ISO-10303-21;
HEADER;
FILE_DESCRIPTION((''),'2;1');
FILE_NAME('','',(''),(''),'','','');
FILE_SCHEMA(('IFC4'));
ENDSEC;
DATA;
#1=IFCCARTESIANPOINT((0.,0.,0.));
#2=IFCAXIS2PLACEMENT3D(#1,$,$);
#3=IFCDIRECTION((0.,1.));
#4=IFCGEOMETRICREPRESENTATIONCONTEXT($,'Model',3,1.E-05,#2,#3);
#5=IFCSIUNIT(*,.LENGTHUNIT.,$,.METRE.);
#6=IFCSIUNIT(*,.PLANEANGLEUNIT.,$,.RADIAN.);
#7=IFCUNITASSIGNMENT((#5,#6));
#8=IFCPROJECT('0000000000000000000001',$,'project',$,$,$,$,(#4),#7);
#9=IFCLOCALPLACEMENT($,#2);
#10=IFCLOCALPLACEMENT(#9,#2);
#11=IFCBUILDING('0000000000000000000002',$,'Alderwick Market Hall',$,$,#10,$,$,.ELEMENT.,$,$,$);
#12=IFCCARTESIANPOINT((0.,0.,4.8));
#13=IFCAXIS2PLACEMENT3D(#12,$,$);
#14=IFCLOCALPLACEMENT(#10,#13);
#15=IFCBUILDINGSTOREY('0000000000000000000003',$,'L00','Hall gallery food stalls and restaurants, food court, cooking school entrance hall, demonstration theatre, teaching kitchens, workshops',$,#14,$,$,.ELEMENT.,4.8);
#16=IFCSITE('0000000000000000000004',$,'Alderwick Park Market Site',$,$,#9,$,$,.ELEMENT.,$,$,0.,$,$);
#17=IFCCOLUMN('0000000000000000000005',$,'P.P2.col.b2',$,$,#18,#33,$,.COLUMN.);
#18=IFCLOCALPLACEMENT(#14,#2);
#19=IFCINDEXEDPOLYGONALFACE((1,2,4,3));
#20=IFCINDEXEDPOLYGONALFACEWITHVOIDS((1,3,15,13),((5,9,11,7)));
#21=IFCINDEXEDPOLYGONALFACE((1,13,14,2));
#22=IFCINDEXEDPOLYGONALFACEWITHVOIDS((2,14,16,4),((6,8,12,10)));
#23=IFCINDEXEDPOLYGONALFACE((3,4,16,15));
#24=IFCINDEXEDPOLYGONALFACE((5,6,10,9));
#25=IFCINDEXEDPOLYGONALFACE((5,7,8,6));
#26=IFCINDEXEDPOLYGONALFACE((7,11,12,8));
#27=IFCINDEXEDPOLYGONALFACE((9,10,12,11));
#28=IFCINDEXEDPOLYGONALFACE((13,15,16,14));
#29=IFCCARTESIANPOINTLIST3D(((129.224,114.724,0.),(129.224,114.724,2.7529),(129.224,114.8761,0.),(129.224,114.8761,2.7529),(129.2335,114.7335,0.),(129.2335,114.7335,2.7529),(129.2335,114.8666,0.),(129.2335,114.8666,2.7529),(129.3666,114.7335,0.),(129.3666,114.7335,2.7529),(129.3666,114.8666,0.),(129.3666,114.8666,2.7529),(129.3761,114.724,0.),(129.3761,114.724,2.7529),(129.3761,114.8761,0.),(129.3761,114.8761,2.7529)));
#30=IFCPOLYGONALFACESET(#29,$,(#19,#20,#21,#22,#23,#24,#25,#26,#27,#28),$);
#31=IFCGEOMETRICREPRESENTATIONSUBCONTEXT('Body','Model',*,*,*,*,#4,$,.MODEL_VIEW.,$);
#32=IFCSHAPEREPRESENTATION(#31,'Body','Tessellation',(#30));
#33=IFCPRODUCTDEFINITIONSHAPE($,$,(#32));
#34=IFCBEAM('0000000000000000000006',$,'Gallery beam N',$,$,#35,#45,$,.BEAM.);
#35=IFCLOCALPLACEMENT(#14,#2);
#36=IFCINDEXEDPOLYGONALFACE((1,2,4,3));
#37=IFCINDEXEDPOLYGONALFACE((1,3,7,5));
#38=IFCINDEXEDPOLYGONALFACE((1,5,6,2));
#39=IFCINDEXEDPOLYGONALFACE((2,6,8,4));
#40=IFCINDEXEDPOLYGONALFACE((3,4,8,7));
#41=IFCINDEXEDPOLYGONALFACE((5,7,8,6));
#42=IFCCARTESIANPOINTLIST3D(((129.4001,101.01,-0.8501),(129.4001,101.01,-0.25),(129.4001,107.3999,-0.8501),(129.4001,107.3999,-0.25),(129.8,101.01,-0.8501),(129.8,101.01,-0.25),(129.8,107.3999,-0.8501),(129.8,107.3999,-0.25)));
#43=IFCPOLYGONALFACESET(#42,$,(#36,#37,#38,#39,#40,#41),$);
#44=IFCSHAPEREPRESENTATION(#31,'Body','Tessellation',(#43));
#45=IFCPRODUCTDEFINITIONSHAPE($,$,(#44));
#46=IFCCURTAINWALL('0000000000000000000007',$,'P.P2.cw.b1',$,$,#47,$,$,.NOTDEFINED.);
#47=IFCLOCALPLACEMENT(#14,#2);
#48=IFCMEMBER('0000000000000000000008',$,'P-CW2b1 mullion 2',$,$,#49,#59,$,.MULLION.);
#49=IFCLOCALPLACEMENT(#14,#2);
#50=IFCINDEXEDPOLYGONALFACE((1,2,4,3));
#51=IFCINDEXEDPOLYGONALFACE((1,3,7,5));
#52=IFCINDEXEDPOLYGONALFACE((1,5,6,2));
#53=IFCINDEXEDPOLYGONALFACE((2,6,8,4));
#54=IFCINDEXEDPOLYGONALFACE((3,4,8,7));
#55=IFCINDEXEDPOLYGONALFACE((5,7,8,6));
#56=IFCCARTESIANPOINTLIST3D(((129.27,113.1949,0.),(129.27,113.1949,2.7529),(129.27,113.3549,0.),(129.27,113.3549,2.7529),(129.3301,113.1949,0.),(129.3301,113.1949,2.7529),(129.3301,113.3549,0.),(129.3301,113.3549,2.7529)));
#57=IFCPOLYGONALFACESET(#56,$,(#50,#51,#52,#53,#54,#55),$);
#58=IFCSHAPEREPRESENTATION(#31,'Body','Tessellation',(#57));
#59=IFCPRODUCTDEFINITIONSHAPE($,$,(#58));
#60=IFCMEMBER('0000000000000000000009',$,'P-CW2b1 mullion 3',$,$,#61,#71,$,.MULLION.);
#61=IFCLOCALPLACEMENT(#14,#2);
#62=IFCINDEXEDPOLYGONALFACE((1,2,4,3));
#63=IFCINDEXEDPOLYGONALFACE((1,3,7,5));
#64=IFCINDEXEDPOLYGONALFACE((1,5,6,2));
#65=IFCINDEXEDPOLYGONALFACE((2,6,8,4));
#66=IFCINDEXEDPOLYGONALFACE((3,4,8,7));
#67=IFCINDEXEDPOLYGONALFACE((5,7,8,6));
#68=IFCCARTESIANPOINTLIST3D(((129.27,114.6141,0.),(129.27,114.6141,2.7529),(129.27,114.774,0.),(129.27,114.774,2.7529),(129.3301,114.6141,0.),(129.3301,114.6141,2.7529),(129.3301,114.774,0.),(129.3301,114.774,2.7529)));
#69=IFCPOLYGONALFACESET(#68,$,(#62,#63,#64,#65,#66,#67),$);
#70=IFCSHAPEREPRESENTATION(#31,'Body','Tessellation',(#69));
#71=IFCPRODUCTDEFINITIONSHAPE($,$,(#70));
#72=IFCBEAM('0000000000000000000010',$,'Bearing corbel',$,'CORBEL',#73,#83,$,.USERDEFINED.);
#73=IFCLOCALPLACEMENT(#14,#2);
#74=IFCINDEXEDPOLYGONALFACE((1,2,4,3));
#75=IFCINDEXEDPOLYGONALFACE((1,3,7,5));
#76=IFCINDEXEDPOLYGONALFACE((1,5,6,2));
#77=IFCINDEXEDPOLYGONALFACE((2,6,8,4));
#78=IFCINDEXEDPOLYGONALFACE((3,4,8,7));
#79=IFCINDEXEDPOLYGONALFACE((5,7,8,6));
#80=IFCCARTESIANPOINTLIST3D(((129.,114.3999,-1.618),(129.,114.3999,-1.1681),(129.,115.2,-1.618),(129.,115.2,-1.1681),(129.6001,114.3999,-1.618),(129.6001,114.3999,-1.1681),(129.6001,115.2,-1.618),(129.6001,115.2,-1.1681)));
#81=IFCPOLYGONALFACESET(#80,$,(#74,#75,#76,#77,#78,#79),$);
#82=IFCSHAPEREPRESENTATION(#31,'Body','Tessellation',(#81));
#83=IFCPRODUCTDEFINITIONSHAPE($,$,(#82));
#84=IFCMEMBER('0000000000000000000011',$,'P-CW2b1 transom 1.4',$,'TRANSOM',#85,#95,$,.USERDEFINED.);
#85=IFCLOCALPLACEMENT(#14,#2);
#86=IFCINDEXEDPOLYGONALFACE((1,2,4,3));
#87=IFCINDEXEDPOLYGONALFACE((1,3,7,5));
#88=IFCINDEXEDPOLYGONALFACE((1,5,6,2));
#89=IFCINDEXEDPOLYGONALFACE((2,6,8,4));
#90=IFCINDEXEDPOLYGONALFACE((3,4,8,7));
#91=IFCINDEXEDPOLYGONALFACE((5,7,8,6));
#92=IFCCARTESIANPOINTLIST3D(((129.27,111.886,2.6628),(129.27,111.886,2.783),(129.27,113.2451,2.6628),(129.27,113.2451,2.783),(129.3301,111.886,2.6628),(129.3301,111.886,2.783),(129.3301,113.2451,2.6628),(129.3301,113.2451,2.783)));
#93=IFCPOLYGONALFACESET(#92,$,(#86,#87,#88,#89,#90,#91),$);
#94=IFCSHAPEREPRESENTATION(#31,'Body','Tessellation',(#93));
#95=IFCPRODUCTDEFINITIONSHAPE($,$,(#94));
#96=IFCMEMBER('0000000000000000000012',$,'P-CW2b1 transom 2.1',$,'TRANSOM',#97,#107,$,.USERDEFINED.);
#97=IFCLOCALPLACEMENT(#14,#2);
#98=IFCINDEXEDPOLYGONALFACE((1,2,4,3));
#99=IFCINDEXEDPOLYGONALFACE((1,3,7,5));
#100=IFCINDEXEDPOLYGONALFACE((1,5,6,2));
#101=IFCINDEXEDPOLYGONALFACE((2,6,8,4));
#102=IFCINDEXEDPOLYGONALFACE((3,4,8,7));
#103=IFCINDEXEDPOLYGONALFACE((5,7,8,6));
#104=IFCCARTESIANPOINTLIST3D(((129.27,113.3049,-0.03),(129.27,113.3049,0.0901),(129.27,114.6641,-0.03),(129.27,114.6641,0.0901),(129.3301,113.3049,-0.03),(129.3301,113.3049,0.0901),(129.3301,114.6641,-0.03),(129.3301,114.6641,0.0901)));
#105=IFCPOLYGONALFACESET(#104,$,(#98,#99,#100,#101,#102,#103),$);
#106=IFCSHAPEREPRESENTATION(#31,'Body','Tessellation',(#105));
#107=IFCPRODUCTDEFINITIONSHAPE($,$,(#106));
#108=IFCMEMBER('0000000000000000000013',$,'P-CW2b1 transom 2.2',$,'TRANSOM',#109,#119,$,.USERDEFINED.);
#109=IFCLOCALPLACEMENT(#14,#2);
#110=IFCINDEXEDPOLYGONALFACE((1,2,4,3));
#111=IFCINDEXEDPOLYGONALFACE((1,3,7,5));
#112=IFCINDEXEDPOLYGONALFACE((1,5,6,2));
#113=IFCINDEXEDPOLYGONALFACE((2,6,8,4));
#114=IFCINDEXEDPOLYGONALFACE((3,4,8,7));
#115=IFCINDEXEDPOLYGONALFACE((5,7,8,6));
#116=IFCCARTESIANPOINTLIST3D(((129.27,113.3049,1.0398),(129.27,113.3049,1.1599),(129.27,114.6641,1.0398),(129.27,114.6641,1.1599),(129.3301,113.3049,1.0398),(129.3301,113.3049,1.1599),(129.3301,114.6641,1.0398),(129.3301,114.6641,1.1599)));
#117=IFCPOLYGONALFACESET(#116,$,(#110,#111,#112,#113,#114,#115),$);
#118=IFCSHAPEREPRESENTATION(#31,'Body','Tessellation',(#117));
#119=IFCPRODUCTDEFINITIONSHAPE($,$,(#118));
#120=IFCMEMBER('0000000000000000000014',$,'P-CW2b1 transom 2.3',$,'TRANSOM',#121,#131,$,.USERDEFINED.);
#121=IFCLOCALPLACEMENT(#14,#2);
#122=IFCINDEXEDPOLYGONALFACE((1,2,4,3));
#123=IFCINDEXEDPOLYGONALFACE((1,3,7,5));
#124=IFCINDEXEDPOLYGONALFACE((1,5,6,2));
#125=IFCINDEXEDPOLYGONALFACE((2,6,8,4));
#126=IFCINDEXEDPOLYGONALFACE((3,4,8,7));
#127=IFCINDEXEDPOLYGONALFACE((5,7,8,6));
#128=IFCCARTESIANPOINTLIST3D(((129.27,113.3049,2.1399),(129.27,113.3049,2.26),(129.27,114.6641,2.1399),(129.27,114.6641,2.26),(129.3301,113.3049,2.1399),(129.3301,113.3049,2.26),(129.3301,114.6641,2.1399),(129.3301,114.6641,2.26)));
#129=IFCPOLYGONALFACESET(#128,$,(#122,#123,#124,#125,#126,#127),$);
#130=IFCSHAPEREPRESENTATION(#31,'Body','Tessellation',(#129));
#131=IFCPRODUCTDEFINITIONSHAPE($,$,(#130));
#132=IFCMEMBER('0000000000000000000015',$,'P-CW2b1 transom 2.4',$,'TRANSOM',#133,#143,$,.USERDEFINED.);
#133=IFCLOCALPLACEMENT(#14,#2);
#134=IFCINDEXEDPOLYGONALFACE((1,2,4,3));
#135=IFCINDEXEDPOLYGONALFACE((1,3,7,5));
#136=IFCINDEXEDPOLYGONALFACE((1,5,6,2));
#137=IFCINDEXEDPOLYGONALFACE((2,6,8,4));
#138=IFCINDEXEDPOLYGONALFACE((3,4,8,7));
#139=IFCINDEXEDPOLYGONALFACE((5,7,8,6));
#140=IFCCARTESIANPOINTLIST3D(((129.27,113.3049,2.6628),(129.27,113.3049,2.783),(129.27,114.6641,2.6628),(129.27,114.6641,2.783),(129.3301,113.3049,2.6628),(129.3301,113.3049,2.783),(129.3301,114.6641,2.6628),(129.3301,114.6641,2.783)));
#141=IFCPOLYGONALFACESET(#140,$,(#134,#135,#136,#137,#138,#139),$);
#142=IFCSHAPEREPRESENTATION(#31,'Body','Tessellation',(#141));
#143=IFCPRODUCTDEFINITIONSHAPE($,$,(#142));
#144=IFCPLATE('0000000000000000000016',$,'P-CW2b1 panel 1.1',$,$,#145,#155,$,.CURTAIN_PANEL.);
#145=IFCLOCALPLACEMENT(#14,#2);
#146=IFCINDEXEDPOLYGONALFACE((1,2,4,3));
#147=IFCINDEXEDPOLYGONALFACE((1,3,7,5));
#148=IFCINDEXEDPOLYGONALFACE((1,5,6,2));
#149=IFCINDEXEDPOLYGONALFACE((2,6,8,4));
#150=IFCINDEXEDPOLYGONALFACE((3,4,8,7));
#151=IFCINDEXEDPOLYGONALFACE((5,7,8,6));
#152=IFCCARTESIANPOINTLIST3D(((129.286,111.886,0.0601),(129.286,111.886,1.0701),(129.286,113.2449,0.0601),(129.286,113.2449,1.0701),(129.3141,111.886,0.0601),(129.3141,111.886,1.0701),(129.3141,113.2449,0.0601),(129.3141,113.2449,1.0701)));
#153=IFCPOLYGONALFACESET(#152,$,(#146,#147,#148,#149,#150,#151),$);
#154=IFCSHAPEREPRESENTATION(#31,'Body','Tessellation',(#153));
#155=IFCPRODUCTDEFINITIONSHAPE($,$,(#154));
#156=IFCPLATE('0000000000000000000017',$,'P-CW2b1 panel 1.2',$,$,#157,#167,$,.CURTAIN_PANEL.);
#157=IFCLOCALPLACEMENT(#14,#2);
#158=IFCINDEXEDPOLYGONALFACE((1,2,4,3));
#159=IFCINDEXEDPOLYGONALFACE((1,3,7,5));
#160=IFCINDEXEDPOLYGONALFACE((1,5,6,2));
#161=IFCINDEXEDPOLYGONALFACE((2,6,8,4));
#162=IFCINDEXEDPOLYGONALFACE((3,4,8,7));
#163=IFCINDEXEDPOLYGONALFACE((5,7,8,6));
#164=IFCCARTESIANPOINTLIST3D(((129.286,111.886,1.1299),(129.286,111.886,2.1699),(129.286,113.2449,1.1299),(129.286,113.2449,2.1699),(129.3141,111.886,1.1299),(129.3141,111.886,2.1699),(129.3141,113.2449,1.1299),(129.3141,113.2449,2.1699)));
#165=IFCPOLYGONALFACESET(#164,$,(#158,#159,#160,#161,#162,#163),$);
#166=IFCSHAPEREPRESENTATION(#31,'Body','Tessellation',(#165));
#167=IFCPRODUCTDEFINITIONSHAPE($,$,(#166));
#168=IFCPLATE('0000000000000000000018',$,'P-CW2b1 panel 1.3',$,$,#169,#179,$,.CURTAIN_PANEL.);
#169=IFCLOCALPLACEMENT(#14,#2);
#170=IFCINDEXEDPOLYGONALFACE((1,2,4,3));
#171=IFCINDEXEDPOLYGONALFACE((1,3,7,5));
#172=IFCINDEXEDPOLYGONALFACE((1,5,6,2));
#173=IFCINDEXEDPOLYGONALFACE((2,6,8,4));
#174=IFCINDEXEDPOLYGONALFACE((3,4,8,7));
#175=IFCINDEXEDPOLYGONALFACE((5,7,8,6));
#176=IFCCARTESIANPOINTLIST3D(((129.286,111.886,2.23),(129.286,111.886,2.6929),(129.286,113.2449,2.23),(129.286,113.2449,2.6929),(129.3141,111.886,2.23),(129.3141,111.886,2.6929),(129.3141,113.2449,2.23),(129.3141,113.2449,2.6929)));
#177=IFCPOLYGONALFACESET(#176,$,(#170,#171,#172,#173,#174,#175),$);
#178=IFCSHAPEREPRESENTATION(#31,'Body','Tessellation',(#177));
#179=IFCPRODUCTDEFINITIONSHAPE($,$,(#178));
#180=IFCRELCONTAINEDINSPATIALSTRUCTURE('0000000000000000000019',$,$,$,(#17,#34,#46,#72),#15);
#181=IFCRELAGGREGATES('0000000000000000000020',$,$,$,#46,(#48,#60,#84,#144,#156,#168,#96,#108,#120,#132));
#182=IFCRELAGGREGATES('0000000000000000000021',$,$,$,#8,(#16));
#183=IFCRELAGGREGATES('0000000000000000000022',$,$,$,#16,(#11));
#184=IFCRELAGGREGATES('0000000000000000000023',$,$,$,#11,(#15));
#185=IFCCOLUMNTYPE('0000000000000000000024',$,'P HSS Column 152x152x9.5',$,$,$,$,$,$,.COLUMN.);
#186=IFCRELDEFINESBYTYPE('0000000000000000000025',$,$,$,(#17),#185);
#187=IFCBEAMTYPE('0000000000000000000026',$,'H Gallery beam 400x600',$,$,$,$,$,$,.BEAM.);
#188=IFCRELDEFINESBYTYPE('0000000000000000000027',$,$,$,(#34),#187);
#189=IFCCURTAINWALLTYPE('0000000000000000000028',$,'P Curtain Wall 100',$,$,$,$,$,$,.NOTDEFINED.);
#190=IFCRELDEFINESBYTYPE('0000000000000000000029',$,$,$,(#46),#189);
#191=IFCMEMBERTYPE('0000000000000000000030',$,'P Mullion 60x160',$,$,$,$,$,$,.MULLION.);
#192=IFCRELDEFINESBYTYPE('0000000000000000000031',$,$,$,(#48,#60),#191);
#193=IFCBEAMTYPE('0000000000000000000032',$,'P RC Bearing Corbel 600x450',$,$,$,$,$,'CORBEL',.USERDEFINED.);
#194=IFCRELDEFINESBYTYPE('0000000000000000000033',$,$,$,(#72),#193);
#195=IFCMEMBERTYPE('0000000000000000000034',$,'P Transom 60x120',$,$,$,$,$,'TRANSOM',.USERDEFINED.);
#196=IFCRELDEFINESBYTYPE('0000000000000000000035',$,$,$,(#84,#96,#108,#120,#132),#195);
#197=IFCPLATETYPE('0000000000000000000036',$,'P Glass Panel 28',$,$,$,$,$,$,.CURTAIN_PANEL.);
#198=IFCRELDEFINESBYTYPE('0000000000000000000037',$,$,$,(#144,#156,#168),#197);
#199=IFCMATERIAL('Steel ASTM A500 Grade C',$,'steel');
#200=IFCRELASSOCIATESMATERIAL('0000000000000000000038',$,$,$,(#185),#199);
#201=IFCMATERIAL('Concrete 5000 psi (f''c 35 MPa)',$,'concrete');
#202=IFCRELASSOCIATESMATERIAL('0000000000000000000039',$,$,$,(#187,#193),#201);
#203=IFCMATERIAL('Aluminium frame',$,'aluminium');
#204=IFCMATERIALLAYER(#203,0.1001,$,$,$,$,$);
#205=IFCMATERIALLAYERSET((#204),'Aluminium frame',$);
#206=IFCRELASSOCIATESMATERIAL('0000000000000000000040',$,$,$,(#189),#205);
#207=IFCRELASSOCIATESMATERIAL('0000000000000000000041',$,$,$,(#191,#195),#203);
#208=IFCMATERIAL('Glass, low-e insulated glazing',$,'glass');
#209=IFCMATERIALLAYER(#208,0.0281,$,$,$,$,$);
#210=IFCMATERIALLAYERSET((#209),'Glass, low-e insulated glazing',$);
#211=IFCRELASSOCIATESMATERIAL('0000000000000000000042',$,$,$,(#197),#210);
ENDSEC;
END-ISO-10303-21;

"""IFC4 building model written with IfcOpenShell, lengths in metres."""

from ifc_helpers import new_model, si_unit, direction, frame, origin, origin_2d, place, context, subcontext, project, spatial, rectangle, hollow_rectangle, extrude, material, layer, layer_set, material_profile, profile_set, type_object, element, aggregate, save


model = new_model("IFC4")

# Units and contexts
model_context = context("Model", 3, precision=1e-05, world=origin(), true_north=direction((0.0, 1.0)))
body_context = subcontext(model_context, "Body", "Model", "MODEL_VIEW")
ifc_project = project(units=[si_unit("LENGTHUNIT", "METRE"), si_unit("PLANEANGLEUNIT", "RADIAN")], contexts=[model_context])

# Site, building, storey
site_placement = place(None, origin())
site = spatial("IfcSite", under=ifc_project, at=site_placement, Name="Alderwick Park Market Site", CompositionType="ELEMENT", RefElevation=0.0)
building_placement = place(site_placement, origin())
building = spatial("IfcBuilding", under=site, at=building_placement, Name="Alderwick Market Hall", CompositionType="ELEMENT")
storey_placement = place(building_placement, frame((0.0, 0.0, 4.8)))
storey = spatial("IfcBuildingStorey", under=building, at=storey_placement, Name="L00", Description="Hall gallery food stalls and restaurants, food court, cooking school entrance hall, demonstration theatre, teaching kitchens, workshops", CompositionType="ELEMENT", Elevation=4.8)

# Column
ifc_material_1 = material(Name="Steel ASTM A500 Grade C", Category="steel")
ifc_material_profile_1 = material_profile(ifc_material_1, hollow_rectangle(XDim=0.1521, YDim=0.1521, WallThickness=0.0095, at=origin_2d()), Name="HSS152x152x9.5")
ifc_profile_set_1 = profile_set([ifc_material_profile_1], Name="Steel ASTM A500 Grade C")
column_type = type_object("IfcColumnType", Name="P HSS Column 152x152x9.5", PredefinedType="COLUMN", material=ifc_profile_set_1)
column_placement = place(storey_placement, frame((129.3, 114.8, 0.0), z_axis=(0.0, 0.0, 1.0), x_axis=(1.0, 0.0, 0.0)))
element("IfcColumn", 1, at=column_placement, inside=storey, type_object=column_type, Name="P.P2.col.b2", PredefinedType="COLUMN", context=body_context, shape_type="SweptSolid", body=[
    extrude(hollow_rectangle(XDim=0.1521, YDim=0.1521, WallThickness=0.0095, at=origin_2d()), origin(), (0.0, 0.0, 1.0), 2.7529),
])

# Beam
ifc_material_2 = material(Name="Concrete 5000 psi (f'c 35 MPa)", Category="concrete")
ifc_material_profile_2 = material_profile(ifc_material_2, rectangle(XDim=0.3999, YDim=0.6001, at=origin_2d()), Name="RC 400x600")
ifc_profile_set_2 = profile_set([ifc_material_profile_2], Name="Concrete 5000 psi (f'c 35 MPa)")
beam_type_1 = type_object("IfcBeamType", Name="H Gallery beam 400x600", PredefinedType="BEAM", material=ifc_profile_set_2)
beam_1_placement = place(storey_placement, frame((129.6001, 107.3999, -0.55), z_axis=(0.0, -1.0, 0.0), x_axis=(1.0, 0.0, 0.0)))
element("IfcBeam", 2, at=beam_1_placement, inside=storey, type_object=beam_type_1, Name="Gallery beam N", PredefinedType="BEAM", context=body_context, shape_type="SweptSolid", body=[
    extrude(rectangle(XDim=0.3999, YDim=0.6001, at=origin_2d()), origin(), (0.0, 0.0, 1.0), 6.3899),
])

# Curtain wall, members
ifc_material_3 = material(Name="Aluminium frame", Category="aluminium")
ifc_layer_1 = layer(ifc_material_3, 0.1001)
ifc_layer_set_1 = layer_set([ifc_layer_1], Name="Aluminium frame")
curtain_wall_type = type_object("IfcCurtainWallType", Name="P Curtain Wall 100", PredefinedType="NOTDEFINED", material=ifc_layer_set_1)
curtain_wall_placement = place(storey_placement, origin())
curtain_wall = element("IfcCurtainWall", 3, at=curtain_wall_placement, inside=storey, type_object=curtain_wall_type, Name="P.P2.cw.b1", PredefinedType="NOTDEFINED")
ifc_material_profile_3 = material_profile(ifc_material_3, rectangle(XDim=0.0601, YDim=0.1599, at=origin_2d()), Name="P Mullion 60x160")
ifc_profile_set_3 = profile_set([ifc_material_profile_3], Name="Aluminium frame")
member_type_1 = type_object("IfcMemberType", Name="P Mullion 60x160", PredefinedType="MULLION", material=ifc_profile_set_3)
member_1_placement = place(storey_placement, frame((129.3, 113.2749, 0.0), z_axis=(0.0, 0.0, 1.0), x_axis=(-1.0, 0.0, 0.0)))
member_1 = element("IfcMember", 4, at=member_1_placement, type_object=member_type_1, Name="P-CW2b1 mullion 2", PredefinedType="MULLION", context=body_context, shape_type="SweptSolid", body=[
    extrude(rectangle(XDim=0.0601, YDim=0.1599, at=origin_2d()), origin(), (0.0, 0.0, 1.0), 2.7529),
])
member_2_placement = place(storey_placement, frame((129.3, 114.6941, 0.0), z_axis=(0.0, 0.0, 1.0), x_axis=(-1.0, 0.0, 0.0)))
member_2 = element("IfcMember", 5, at=member_2_placement, type_object=member_type_1, Name="P-CW2b1 mullion 3", PredefinedType="MULLION", context=body_context, shape_type="SweptSolid", body=[
    extrude(rectangle(XDim=0.0601, YDim=0.1599, at=origin_2d()), origin(), (0.0, 0.0, 1.0), 2.7529),
])

# Beam
ifc_material_profile_4 = material_profile(ifc_material_2, rectangle(XDim=0.6001, YDim=0.45, at=origin_2d()), Name="P RC Bearing Corbel 600x450")
ifc_profile_set_4 = profile_set([ifc_material_profile_4], Name="Concrete 5000 psi (f'c 35 MPa)")
beam_type_2 = type_object("IfcBeamType", Name="P RC Bearing Corbel 600x450", ElementType="CORBEL", PredefinedType="USERDEFINED", material=ifc_profile_set_4)
beam_2_placement = place(storey_placement, frame((129.3, 114.3999, -1.3931), z_axis=(0.0, 1.0, 0.0), x_axis=(-1.0, 0.0, 0.0)))
element("IfcBeam", 6, at=beam_2_placement, inside=storey, type_object=beam_type_2, Name="Bearing corbel", ObjectType="CORBEL", PredefinedType="USERDEFINED", context=body_context, shape_type="SweptSolid", body=[
    extrude(rectangle(XDim=0.6001, YDim=0.45, at=origin_2d()), origin(), (0.0, 0.0, 1.0), 0.8),
])

# Members
ifc_material_profile_5 = material_profile(ifc_material_3, rectangle(XDim=0.0601, YDim=0.1201, at=origin_2d()), Name="P Transom 60x120")
ifc_profile_set_5 = profile_set([ifc_material_profile_5], Name="Aluminium frame")
member_type_2 = type_object("IfcMemberType", Name="P Transom 60x120", ElementType="TRANSOM", PredefinedType="USERDEFINED", material=ifc_profile_set_5)
member_3_placement = place(storey_placement, frame((129.3, 111.886, 2.7229), z_axis=(0.0, 1.0, 0.0), x_axis=(-1.0, 0.0, 0.0)))
member_3 = element("IfcMember", 7, at=member_3_placement, type_object=member_type_2, Name="P-CW2b1 transom 1.4", ObjectType="TRANSOM", PredefinedType="USERDEFINED", context=body_context, shape_type="SweptSolid", body=[
    extrude(rectangle(XDim=0.0601, YDim=0.1201, at=origin_2d()), origin(), (0.0, 0.0, 1.0), 1.3591),
])
member_4_placement = place(storey_placement, frame((129.3, 113.3049, 0.03), z_axis=(0.0, 1.0, 0.0), x_axis=(-1.0, 0.0, 0.0)))
member_4 = element("IfcMember", 8, at=member_4_placement, type_object=member_type_2, Name="P-CW2b1 transom 2.1", ObjectType="TRANSOM", PredefinedType="USERDEFINED", context=body_context, shape_type="SweptSolid", body=[
    extrude(rectangle(XDim=0.0601, YDim=0.1201, at=origin_2d()), origin(), (0.0, 0.0, 1.0), 1.3591),
])
member_5_placement = place(storey_placement, frame((129.3, 113.3049, 1.0999), z_axis=(0.0, 1.0, 0.0), x_axis=(-1.0, 0.0, 0.0)))
member_5 = element("IfcMember", 9, at=member_5_placement, type_object=member_type_2, Name="P-CW2b1 transom 2.2", ObjectType="TRANSOM", PredefinedType="USERDEFINED", context=body_context, shape_type="SweptSolid", body=[
    extrude(rectangle(XDim=0.0601, YDim=0.1201, at=origin_2d()), origin(), (0.0, 0.0, 1.0), 1.3591),
])
member_6_placement = place(storey_placement, frame((129.3, 113.3049, 2.2), z_axis=(0.0, 1.0, 0.0), x_axis=(-1.0, 0.0, 0.0)))
member_6 = element("IfcMember", 10, at=member_6_placement, type_object=member_type_2, Name="P-CW2b1 transom 2.3", ObjectType="TRANSOM", PredefinedType="USERDEFINED", context=body_context, shape_type="SweptSolid", body=[
    extrude(rectangle(XDim=0.0601, YDim=0.1201, at=origin_2d()), origin(), (0.0, 0.0, 1.0), 1.3591),
])
member_7_placement = place(storey_placement, frame((129.3, 113.3049, 2.7229), z_axis=(0.0, 1.0, 0.0), x_axis=(-1.0, 0.0, 0.0)))
member_7 = element("IfcMember", 11, at=member_7_placement, type_object=member_type_2, Name="P-CW2b1 transom 2.4", ObjectType="TRANSOM", PredefinedType="USERDEFINED", context=body_context, shape_type="SweptSolid", body=[
    extrude(rectangle(XDim=0.0601, YDim=0.1201, at=origin_2d()), origin(), (0.0, 0.0, 1.0), 1.3591),
])

# Plates
ifc_material_4 = material(Name="Glass, low-e insulated glazing", Category="glass")
ifc_layer_2 = layer(ifc_material_4, 0.0281)
ifc_layer_set_2 = layer_set([ifc_layer_2], Name="Glass, low-e insulated glazing")
plate_type = type_object("IfcPlateType", Name="P Glass Panel 28", PredefinedType="CURTAIN_PANEL", material=ifc_layer_set_2)
plate_1_placement = place(storey_placement, frame((129.3, 112.5654, 0.0601), z_axis=(0.0, 0.0, 1.0), x_axis=(0.0, 1.0, 0.0)))
plate_1 = element("IfcPlate", 12, at=plate_1_placement, type_object=plate_type, Name="P-CW2b1 panel 1.1", PredefinedType="CURTAIN_PANEL", context=body_context, shape_type="SweptSolid", body=[
    extrude(rectangle(XDim=1.3589, YDim=0.0281, at=origin_2d()), origin(), (0.0, 0.0, 1.0), 1.01),
])
plate_2_placement = place(storey_placement, frame((129.3, 112.5654, 1.1299), z_axis=(0.0, 0.0, 1.0), x_axis=(0.0, 1.0, 0.0)))
plate_2 = element("IfcPlate", 13, at=plate_2_placement, type_object=plate_type, Name="P-CW2b1 panel 1.2", PredefinedType="CURTAIN_PANEL", context=body_context, shape_type="SweptSolid", body=[
    extrude(rectangle(XDim=1.3589, YDim=0.0281, at=origin_2d()), origin(), (0.0, 0.0, 1.0), 1.04),
])
plate_3_placement = place(storey_placement, frame((129.3, 112.5654, 2.23), z_axis=(0.0, 0.0, 1.0), x_axis=(0.0, 1.0, 0.0)))
plate_3 = element("IfcPlate", 14, at=plate_3_placement, type_object=plate_type, Name="P-CW2b1 panel 1.3", PredefinedType="CURTAIN_PANEL", context=body_context, shape_type="SweptSolid", body=[
    extrude(rectangle(XDim=1.3589, YDim=0.0281, at=origin_2d()), origin(), (0.0, 0.0, 1.0), 0.4629),
])
aggregate(curtain_wall, [member_1, member_2, member_3, plate_1, plate_2, plate_3, member_4, member_5, member_6, member_7])

save(model, "model.ifc")
